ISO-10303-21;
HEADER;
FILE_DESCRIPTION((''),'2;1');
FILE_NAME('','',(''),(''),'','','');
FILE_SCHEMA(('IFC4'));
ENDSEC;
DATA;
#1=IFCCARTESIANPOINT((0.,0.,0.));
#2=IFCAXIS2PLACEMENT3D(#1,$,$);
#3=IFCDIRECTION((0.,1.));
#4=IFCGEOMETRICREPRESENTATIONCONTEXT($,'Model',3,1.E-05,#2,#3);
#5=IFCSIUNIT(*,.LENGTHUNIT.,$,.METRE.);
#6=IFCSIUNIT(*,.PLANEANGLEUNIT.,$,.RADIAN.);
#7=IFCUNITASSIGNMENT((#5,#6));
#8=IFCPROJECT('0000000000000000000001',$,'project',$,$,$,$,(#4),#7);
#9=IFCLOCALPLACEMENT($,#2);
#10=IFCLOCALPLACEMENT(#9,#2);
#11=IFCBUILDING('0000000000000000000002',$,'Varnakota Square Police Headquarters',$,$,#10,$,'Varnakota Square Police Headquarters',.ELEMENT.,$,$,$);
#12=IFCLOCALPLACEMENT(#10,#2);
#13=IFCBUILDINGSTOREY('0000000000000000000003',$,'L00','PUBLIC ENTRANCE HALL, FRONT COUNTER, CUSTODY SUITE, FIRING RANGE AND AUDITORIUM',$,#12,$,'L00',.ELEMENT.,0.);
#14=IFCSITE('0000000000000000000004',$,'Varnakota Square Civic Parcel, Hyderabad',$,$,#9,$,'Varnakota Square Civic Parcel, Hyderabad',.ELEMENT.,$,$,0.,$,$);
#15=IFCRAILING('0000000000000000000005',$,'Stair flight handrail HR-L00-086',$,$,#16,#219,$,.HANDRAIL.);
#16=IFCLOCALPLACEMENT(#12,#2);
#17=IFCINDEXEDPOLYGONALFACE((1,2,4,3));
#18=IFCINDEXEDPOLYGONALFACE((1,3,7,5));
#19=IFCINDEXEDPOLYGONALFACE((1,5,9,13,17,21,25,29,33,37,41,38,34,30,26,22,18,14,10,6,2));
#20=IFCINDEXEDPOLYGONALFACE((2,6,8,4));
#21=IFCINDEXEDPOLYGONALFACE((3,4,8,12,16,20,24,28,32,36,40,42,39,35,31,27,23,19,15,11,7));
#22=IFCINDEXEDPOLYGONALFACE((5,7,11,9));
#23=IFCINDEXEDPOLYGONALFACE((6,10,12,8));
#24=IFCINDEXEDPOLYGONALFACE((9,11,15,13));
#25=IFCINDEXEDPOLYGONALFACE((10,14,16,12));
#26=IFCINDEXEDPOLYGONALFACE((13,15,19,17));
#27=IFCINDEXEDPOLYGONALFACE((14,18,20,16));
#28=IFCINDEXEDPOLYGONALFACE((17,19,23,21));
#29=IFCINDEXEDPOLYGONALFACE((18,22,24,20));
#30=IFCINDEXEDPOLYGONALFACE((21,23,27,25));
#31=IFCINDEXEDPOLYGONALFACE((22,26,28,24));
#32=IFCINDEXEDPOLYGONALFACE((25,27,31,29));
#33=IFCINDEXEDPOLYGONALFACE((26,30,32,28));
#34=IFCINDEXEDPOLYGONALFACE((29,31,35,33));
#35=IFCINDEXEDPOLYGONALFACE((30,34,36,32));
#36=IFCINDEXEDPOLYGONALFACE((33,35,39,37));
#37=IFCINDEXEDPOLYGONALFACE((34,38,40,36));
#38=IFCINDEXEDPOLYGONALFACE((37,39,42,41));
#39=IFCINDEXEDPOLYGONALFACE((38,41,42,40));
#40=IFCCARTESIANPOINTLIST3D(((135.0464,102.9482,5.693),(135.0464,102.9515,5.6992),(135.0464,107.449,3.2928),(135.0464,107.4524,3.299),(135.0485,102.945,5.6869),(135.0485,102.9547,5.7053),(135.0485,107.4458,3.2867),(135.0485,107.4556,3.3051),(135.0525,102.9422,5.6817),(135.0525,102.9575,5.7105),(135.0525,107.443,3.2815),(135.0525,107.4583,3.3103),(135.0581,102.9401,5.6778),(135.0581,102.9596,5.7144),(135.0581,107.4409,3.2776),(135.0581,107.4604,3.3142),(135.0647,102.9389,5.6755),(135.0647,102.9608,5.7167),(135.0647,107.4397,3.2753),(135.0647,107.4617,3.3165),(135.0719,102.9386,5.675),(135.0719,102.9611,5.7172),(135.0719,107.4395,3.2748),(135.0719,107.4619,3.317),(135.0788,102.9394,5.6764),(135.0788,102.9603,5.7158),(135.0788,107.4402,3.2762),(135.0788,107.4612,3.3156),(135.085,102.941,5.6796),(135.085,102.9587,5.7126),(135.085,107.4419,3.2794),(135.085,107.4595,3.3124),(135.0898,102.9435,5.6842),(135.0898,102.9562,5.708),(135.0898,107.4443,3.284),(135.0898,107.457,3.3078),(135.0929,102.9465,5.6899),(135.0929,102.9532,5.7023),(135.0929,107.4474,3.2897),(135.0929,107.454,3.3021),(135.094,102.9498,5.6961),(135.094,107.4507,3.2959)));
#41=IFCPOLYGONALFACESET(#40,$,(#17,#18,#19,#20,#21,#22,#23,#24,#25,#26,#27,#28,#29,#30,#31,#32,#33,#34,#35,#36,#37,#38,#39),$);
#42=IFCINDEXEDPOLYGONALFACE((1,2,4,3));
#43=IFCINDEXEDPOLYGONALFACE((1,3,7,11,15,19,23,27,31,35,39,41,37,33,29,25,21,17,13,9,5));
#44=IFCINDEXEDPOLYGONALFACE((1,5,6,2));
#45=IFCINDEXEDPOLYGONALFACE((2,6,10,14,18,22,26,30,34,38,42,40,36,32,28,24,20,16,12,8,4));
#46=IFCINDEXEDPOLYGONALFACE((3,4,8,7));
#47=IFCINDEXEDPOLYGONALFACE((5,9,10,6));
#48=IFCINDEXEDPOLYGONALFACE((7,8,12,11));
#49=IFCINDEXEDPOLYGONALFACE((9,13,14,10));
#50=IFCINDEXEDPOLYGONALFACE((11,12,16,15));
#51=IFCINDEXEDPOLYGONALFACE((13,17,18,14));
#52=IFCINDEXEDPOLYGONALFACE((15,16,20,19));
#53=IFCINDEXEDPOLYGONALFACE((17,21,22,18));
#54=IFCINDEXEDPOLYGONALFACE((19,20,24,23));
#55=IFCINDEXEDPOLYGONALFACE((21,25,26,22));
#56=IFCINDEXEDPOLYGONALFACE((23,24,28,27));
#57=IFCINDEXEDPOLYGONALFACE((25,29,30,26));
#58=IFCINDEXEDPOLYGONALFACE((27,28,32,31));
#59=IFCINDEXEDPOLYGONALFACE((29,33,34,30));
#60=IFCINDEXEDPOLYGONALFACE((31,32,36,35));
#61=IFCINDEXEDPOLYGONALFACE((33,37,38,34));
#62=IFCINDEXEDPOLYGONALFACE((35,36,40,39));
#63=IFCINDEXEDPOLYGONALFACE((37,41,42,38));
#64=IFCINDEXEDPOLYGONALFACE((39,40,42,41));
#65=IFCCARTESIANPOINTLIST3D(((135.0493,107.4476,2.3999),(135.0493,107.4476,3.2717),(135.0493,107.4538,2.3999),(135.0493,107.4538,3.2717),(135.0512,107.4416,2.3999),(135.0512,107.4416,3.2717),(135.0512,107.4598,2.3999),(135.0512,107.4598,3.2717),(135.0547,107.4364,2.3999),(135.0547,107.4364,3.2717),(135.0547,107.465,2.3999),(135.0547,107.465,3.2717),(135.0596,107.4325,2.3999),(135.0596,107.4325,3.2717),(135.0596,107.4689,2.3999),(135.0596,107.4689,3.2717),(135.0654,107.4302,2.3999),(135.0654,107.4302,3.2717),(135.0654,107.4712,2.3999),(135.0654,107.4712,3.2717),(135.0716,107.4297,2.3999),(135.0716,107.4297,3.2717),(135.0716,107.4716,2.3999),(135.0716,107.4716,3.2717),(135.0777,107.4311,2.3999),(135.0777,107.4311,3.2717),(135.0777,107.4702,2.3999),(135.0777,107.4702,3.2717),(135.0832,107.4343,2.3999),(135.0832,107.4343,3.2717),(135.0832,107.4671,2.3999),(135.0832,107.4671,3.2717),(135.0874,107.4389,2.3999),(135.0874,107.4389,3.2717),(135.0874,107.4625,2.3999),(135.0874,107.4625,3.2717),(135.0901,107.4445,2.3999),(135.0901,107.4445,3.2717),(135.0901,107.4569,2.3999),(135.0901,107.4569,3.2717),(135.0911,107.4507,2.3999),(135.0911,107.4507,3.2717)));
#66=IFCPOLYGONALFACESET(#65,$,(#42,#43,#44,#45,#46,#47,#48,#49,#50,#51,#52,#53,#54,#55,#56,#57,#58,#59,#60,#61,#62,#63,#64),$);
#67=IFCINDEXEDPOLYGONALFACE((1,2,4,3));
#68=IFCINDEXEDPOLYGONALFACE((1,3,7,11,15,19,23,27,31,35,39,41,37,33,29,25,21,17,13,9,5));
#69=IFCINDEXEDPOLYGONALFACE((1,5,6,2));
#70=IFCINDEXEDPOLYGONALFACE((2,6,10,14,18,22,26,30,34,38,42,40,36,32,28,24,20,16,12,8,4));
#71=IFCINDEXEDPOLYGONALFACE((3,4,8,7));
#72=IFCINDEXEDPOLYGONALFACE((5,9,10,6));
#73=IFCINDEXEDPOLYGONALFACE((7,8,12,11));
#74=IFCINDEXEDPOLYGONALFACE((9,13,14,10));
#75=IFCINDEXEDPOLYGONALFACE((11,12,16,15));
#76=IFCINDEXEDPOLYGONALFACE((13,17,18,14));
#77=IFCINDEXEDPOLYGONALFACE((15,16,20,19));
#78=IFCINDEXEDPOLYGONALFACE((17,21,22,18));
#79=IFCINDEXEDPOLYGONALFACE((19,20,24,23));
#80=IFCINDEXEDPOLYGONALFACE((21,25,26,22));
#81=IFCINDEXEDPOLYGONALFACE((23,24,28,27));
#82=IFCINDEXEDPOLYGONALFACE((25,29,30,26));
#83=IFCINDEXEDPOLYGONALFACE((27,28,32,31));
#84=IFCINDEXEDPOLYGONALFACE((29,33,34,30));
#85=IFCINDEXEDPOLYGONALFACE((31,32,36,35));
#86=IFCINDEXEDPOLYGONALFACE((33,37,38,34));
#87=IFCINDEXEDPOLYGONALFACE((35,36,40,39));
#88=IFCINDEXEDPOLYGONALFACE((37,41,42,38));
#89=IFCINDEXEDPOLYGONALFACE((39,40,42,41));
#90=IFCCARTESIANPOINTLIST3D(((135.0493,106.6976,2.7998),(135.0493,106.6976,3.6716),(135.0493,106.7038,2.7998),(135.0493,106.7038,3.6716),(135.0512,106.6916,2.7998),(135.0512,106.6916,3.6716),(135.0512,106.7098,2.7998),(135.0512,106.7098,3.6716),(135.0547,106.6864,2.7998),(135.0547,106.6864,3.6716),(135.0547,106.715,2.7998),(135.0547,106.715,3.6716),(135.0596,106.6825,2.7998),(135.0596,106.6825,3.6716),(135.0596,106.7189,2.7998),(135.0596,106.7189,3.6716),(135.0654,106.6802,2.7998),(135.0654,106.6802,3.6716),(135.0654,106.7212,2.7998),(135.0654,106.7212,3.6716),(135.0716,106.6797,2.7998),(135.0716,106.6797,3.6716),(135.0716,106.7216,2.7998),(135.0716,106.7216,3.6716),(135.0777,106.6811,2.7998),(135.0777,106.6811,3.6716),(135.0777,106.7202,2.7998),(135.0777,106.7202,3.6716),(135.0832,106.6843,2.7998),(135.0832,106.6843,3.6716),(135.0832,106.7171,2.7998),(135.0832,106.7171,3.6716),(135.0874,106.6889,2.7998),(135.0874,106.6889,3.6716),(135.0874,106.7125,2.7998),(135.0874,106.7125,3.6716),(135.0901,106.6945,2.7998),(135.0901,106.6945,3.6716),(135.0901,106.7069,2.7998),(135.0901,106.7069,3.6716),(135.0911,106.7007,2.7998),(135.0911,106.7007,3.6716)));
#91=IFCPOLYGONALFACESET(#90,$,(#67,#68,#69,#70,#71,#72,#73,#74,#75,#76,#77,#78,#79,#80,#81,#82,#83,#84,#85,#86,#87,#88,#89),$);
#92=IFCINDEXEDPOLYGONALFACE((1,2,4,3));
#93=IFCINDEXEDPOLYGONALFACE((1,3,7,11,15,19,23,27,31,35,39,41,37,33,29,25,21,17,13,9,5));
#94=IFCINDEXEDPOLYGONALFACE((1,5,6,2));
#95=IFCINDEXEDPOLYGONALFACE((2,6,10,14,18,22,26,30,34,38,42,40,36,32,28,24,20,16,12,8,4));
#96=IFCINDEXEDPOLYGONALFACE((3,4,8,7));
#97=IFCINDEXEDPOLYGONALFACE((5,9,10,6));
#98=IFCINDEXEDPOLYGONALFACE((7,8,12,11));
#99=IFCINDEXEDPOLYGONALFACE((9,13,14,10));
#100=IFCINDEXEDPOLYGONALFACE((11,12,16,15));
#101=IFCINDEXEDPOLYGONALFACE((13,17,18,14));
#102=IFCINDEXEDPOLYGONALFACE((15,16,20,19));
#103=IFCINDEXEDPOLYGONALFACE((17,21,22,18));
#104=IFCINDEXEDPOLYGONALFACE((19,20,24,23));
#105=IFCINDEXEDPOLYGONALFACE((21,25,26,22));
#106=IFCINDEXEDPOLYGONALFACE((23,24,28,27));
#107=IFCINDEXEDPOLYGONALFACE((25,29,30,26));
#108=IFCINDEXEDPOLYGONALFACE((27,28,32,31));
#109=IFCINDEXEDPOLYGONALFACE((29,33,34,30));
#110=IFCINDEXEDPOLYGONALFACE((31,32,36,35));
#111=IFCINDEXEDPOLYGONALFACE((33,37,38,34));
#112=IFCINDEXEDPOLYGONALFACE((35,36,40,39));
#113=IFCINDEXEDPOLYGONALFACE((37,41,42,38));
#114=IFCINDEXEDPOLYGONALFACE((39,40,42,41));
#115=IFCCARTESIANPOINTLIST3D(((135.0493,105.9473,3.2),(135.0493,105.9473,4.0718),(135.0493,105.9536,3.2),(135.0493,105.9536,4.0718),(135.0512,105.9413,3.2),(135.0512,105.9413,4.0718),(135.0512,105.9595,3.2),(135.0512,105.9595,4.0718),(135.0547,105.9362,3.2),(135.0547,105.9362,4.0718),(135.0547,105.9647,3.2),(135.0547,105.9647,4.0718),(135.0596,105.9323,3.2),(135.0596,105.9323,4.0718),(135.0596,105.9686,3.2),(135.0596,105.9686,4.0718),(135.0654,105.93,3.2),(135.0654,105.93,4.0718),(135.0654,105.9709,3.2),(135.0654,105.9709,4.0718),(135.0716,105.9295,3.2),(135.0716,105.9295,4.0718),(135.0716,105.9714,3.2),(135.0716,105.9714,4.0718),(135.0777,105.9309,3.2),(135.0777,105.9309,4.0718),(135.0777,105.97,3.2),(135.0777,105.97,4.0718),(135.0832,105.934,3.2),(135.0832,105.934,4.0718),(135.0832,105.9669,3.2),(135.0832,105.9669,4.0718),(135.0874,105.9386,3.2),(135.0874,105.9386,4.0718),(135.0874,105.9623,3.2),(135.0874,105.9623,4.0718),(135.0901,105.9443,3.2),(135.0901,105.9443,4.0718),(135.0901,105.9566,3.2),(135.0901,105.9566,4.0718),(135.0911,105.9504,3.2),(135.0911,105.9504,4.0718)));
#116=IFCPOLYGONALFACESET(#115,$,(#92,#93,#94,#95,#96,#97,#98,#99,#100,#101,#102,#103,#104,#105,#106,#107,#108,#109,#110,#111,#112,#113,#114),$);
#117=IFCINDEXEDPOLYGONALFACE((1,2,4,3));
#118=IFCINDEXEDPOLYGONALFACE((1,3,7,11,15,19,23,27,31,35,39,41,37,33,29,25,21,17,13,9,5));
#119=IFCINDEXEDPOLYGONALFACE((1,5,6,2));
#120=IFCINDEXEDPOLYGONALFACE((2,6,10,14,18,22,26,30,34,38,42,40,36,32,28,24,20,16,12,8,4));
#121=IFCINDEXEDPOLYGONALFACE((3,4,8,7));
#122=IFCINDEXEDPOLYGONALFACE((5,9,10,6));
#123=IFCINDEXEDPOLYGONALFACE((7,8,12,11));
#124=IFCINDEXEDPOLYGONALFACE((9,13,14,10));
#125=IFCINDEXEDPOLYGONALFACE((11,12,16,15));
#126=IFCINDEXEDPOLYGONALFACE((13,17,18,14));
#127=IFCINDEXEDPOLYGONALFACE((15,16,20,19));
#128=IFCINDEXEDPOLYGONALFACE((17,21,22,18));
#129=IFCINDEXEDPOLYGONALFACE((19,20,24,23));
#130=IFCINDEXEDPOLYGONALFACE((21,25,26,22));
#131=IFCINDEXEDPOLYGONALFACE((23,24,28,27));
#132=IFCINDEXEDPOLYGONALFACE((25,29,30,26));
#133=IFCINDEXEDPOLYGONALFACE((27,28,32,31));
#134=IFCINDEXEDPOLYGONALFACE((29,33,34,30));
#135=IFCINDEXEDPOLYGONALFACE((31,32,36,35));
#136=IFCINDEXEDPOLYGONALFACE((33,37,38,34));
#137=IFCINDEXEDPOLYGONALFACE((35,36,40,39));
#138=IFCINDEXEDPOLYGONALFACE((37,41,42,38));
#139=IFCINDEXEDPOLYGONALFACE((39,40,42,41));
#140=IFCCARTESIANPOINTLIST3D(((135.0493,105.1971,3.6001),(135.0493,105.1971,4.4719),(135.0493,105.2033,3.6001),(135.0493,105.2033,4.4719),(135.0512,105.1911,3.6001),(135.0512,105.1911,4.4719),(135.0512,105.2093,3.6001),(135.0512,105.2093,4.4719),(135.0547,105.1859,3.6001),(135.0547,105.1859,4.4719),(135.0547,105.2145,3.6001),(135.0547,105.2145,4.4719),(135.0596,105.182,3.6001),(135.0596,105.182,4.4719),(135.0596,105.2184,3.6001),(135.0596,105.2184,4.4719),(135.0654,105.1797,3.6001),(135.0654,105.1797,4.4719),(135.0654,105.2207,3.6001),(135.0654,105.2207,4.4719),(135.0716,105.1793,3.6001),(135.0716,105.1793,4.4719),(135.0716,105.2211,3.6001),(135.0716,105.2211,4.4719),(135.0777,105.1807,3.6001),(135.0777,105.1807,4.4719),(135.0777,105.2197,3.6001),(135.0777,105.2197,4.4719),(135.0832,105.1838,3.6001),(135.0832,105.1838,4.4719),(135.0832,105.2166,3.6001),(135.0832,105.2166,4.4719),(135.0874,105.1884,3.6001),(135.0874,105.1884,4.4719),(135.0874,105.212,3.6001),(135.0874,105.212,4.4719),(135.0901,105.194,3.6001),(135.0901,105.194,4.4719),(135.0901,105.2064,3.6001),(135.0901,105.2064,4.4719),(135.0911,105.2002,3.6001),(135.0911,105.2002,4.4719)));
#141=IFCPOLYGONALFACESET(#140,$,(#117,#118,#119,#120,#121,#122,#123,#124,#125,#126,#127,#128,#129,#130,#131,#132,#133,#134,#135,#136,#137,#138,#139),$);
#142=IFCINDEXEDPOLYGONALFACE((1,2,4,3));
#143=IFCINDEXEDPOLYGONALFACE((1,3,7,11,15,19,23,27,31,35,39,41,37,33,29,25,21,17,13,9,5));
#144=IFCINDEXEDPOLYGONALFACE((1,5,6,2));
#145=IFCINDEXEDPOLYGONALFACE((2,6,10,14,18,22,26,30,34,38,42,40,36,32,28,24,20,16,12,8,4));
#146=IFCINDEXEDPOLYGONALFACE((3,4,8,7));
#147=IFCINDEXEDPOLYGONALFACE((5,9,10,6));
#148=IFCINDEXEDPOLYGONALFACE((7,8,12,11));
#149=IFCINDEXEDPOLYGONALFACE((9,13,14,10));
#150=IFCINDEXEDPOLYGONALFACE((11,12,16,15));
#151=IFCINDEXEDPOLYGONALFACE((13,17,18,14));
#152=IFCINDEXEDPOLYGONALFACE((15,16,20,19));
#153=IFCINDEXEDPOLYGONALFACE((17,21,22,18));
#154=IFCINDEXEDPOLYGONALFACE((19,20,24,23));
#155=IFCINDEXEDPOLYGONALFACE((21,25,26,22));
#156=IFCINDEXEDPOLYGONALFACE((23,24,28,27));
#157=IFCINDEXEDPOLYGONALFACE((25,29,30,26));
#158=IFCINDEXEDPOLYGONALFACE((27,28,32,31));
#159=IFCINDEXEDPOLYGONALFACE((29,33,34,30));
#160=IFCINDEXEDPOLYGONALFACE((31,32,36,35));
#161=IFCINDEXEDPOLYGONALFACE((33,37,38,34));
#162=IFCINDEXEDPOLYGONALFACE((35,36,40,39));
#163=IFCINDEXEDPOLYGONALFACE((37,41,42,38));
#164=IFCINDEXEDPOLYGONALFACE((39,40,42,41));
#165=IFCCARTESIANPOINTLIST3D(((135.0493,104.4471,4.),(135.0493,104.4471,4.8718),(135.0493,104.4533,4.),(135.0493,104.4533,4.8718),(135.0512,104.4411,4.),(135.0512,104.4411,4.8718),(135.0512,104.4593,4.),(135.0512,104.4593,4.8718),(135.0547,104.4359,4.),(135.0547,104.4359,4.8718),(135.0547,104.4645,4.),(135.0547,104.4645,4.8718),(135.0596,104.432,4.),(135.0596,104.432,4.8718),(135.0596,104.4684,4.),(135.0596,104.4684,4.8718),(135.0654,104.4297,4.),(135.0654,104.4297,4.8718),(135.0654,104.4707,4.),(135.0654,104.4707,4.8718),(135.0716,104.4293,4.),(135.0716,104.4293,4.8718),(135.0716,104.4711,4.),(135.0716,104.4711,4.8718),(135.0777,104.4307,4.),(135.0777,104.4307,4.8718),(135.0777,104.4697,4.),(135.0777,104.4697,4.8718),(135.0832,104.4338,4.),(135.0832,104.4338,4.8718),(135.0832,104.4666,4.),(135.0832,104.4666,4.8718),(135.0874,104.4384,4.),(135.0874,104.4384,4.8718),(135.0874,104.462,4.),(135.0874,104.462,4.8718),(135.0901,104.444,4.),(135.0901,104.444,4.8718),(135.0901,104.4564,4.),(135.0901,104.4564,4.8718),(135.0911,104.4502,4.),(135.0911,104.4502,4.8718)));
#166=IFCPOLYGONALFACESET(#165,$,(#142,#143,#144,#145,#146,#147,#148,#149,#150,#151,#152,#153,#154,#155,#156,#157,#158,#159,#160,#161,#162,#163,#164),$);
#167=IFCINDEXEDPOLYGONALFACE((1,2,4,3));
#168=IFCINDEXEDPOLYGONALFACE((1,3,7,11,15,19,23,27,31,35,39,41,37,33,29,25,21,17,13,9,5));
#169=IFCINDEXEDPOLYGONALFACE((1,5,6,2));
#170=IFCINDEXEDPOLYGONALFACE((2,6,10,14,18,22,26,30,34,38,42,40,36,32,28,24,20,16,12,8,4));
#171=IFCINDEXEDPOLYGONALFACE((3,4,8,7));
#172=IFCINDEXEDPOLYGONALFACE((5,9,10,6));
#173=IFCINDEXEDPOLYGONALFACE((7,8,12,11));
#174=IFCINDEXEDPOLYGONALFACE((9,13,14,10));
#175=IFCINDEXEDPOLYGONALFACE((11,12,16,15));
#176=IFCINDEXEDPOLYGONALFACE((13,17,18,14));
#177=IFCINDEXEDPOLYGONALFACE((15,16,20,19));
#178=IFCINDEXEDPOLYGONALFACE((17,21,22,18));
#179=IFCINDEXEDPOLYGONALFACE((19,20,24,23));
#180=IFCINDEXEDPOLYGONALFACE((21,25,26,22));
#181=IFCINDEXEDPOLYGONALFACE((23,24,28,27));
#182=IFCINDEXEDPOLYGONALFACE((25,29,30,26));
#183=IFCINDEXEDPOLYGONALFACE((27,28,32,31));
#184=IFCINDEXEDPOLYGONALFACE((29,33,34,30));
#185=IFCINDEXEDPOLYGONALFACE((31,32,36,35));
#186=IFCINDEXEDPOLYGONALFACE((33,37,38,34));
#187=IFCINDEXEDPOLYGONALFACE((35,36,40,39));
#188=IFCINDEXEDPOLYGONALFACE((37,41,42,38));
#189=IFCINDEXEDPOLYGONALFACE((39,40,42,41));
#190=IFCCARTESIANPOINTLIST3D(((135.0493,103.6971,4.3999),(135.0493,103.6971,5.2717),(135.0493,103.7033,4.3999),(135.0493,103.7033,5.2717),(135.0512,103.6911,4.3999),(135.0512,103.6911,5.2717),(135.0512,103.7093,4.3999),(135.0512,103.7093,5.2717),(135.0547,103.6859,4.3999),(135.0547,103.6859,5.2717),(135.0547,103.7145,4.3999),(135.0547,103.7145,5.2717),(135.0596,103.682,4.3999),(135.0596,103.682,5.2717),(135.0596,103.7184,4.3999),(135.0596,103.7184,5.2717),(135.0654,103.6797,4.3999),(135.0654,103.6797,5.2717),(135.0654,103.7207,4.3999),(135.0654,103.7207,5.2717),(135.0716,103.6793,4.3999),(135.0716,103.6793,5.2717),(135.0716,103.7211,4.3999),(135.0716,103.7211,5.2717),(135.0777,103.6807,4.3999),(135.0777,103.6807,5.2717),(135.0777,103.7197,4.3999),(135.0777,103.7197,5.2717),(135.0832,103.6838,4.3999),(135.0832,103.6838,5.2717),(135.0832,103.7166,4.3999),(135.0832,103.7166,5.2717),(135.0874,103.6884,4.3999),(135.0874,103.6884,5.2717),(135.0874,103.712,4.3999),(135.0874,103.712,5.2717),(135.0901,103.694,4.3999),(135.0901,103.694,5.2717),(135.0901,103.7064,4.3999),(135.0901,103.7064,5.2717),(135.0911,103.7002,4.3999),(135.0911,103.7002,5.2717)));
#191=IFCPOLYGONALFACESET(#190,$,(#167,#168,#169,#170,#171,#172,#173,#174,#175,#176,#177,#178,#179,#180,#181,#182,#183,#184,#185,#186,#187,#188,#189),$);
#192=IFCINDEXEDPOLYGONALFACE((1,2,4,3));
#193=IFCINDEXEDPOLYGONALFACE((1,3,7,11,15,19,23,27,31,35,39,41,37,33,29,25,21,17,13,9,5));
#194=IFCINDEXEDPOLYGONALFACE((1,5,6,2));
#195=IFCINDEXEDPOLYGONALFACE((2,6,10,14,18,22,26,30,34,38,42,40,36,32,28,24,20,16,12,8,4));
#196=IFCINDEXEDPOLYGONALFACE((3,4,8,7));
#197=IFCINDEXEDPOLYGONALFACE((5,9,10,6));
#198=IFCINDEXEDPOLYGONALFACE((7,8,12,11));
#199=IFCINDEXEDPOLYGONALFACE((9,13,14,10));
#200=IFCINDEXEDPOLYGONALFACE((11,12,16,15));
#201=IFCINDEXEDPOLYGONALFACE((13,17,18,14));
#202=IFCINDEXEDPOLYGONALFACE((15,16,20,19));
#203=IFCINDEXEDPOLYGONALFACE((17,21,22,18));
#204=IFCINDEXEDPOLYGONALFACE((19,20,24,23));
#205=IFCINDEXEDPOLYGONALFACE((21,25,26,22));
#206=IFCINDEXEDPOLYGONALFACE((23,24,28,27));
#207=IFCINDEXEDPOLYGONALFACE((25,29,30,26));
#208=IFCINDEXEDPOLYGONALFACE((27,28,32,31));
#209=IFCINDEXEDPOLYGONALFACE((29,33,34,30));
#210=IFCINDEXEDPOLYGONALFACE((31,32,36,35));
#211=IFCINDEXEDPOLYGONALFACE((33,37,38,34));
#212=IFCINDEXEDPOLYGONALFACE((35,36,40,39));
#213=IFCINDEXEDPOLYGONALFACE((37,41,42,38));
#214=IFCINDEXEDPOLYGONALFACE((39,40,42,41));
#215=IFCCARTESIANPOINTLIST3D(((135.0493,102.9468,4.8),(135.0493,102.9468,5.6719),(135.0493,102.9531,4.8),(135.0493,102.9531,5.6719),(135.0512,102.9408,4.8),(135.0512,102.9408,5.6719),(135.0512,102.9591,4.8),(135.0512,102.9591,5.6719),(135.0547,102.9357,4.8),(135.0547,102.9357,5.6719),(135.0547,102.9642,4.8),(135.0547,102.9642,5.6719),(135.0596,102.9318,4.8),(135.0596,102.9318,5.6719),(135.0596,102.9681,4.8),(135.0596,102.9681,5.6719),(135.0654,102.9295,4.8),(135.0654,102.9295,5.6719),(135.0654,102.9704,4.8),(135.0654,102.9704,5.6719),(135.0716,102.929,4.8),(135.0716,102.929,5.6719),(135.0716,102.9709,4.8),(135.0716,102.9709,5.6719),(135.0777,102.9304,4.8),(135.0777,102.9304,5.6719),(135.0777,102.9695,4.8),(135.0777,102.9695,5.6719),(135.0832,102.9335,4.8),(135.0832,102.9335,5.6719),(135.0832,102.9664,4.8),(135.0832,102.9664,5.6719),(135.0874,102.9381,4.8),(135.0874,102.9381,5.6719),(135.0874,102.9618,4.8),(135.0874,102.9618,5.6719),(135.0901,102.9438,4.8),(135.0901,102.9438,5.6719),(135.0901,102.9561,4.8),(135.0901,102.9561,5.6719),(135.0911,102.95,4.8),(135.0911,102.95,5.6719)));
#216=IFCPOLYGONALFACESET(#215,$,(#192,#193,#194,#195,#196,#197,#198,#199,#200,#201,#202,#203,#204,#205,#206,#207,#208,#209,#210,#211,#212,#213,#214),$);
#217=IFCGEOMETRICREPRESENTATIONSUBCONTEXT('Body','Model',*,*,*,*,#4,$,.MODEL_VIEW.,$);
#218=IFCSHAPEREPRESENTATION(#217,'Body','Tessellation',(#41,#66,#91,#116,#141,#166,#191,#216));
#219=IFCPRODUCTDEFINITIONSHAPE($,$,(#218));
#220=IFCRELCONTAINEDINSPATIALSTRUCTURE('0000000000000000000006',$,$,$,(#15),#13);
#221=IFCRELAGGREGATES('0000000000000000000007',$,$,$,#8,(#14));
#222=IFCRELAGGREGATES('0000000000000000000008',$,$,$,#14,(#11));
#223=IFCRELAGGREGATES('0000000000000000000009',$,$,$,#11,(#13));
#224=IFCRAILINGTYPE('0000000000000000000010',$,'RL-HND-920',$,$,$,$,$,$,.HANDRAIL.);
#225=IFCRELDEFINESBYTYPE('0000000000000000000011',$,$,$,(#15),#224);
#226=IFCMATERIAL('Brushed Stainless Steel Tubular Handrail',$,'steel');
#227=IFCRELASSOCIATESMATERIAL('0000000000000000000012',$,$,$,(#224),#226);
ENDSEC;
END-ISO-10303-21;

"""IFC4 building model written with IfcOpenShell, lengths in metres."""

from ifc_helpers import new_model, si_unit, direction, frame, origin, origin_2d, place, context, subcontext, project, spatial, circle, extrude, material, type_object, element, save


model = new_model("IFC4")

# Units and contexts
model_context = context("Model", 3, precision=1e-05, world=origin(), true_north=direction((0.0, 1.0)))
body_context = subcontext(model_context, "Body", "Model", "MODEL_VIEW")
ifc_project = project(units=[si_unit("LENGTHUNIT", "METRE"), si_unit("PLANEANGLEUNIT", "RADIAN")], contexts=[model_context])

# Site, building, storey
site_placement = place(None, origin())
site = spatial("IfcSite", under=ifc_project, at=site_placement, Name="Varnakota Square Civic Parcel, Hyderabad", LongName="Varnakota Square Civic Parcel, Hyderabad", CompositionType="ELEMENT", RefElevation=0.0)
building_placement = place(site_placement, origin())
building = spatial("IfcBuilding", under=site, at=building_placement, Name="Varnakota Square Police Headquarters", LongName="Varnakota Square Police Headquarters", CompositionType="ELEMENT")
storey_placement = place(building_placement, origin())
storey = spatial("IfcBuildingStorey", under=building, at=storey_placement, Name="L00", Description="PUBLIC ENTRANCE HALL, FRONT COUNTER, CUSTODY SUITE, FIRING RANGE AND AUDITORIUM", LongName="L00", CompositionType="ELEMENT", Elevation=0.0)

# Railing
ifc_material_1 = material(Name="Brushed Stainless Steel Tubular Handrail", Category="steel")
railing_type = type_object("IfcRailingType", Name="RL-HND-920", PredefinedType="HANDRAIL", material=ifc_material_1)
railing_placement = place(storey_placement, frame((135.0701, 107.4507, 2.3999)))
element("IfcRailing", 1, at=railing_placement, inside=storey, type_object=railing_type, Name="Stair flight handrail HR-L00-086", PredefinedType="HANDRAIL", context=body_context, shape_type="SweptSolid", body=[
    extrude(circle(Radius=0.0239, at=origin_2d()), frame((0.0, 0.0, 0.896), z_axis=(0.0, -0.882373, 0.470551), x_axis=(1.0, 0.0, 0.0)), (0.0, 0.0, 1.0), 5.1008),
    extrude(circle(Radius=0.021, at=origin_2d()), origin(), (0.0, 0.0, 1.0), 0.8718),
    extrude(circle(Radius=0.021, at=origin_2d()), frame((0.0, -0.75, 0.3999)), (0.0, 0.0, 1.0), 0.8718),
    extrude(circle(Radius=0.021, at=origin_2d()), frame((0.0, -1.5002, 0.8)), (0.0, 0.0, 1.0), 0.8718),
    extrude(circle(Radius=0.021, at=origin_2d()), frame((0.0, -2.2505, 1.2002)), (0.0, 0.0, 1.0), 0.8718),
    extrude(circle(Radius=0.021, at=origin_2d()), frame((0.0, -3.0005, 1.6001)), (0.0, 0.0, 1.0), 0.8718),
    extrude(circle(Radius=0.021, at=origin_2d()), frame((0.0, -3.7505, 2.0)), (0.0, 0.0, 1.0), 0.8718),
    extrude(circle(Radius=0.021, at=origin_2d()), frame((0.0, -4.5007, 2.4001)), (0.0, 0.0, 1.0), 0.8718),
])

save(model, "model.ifc")
